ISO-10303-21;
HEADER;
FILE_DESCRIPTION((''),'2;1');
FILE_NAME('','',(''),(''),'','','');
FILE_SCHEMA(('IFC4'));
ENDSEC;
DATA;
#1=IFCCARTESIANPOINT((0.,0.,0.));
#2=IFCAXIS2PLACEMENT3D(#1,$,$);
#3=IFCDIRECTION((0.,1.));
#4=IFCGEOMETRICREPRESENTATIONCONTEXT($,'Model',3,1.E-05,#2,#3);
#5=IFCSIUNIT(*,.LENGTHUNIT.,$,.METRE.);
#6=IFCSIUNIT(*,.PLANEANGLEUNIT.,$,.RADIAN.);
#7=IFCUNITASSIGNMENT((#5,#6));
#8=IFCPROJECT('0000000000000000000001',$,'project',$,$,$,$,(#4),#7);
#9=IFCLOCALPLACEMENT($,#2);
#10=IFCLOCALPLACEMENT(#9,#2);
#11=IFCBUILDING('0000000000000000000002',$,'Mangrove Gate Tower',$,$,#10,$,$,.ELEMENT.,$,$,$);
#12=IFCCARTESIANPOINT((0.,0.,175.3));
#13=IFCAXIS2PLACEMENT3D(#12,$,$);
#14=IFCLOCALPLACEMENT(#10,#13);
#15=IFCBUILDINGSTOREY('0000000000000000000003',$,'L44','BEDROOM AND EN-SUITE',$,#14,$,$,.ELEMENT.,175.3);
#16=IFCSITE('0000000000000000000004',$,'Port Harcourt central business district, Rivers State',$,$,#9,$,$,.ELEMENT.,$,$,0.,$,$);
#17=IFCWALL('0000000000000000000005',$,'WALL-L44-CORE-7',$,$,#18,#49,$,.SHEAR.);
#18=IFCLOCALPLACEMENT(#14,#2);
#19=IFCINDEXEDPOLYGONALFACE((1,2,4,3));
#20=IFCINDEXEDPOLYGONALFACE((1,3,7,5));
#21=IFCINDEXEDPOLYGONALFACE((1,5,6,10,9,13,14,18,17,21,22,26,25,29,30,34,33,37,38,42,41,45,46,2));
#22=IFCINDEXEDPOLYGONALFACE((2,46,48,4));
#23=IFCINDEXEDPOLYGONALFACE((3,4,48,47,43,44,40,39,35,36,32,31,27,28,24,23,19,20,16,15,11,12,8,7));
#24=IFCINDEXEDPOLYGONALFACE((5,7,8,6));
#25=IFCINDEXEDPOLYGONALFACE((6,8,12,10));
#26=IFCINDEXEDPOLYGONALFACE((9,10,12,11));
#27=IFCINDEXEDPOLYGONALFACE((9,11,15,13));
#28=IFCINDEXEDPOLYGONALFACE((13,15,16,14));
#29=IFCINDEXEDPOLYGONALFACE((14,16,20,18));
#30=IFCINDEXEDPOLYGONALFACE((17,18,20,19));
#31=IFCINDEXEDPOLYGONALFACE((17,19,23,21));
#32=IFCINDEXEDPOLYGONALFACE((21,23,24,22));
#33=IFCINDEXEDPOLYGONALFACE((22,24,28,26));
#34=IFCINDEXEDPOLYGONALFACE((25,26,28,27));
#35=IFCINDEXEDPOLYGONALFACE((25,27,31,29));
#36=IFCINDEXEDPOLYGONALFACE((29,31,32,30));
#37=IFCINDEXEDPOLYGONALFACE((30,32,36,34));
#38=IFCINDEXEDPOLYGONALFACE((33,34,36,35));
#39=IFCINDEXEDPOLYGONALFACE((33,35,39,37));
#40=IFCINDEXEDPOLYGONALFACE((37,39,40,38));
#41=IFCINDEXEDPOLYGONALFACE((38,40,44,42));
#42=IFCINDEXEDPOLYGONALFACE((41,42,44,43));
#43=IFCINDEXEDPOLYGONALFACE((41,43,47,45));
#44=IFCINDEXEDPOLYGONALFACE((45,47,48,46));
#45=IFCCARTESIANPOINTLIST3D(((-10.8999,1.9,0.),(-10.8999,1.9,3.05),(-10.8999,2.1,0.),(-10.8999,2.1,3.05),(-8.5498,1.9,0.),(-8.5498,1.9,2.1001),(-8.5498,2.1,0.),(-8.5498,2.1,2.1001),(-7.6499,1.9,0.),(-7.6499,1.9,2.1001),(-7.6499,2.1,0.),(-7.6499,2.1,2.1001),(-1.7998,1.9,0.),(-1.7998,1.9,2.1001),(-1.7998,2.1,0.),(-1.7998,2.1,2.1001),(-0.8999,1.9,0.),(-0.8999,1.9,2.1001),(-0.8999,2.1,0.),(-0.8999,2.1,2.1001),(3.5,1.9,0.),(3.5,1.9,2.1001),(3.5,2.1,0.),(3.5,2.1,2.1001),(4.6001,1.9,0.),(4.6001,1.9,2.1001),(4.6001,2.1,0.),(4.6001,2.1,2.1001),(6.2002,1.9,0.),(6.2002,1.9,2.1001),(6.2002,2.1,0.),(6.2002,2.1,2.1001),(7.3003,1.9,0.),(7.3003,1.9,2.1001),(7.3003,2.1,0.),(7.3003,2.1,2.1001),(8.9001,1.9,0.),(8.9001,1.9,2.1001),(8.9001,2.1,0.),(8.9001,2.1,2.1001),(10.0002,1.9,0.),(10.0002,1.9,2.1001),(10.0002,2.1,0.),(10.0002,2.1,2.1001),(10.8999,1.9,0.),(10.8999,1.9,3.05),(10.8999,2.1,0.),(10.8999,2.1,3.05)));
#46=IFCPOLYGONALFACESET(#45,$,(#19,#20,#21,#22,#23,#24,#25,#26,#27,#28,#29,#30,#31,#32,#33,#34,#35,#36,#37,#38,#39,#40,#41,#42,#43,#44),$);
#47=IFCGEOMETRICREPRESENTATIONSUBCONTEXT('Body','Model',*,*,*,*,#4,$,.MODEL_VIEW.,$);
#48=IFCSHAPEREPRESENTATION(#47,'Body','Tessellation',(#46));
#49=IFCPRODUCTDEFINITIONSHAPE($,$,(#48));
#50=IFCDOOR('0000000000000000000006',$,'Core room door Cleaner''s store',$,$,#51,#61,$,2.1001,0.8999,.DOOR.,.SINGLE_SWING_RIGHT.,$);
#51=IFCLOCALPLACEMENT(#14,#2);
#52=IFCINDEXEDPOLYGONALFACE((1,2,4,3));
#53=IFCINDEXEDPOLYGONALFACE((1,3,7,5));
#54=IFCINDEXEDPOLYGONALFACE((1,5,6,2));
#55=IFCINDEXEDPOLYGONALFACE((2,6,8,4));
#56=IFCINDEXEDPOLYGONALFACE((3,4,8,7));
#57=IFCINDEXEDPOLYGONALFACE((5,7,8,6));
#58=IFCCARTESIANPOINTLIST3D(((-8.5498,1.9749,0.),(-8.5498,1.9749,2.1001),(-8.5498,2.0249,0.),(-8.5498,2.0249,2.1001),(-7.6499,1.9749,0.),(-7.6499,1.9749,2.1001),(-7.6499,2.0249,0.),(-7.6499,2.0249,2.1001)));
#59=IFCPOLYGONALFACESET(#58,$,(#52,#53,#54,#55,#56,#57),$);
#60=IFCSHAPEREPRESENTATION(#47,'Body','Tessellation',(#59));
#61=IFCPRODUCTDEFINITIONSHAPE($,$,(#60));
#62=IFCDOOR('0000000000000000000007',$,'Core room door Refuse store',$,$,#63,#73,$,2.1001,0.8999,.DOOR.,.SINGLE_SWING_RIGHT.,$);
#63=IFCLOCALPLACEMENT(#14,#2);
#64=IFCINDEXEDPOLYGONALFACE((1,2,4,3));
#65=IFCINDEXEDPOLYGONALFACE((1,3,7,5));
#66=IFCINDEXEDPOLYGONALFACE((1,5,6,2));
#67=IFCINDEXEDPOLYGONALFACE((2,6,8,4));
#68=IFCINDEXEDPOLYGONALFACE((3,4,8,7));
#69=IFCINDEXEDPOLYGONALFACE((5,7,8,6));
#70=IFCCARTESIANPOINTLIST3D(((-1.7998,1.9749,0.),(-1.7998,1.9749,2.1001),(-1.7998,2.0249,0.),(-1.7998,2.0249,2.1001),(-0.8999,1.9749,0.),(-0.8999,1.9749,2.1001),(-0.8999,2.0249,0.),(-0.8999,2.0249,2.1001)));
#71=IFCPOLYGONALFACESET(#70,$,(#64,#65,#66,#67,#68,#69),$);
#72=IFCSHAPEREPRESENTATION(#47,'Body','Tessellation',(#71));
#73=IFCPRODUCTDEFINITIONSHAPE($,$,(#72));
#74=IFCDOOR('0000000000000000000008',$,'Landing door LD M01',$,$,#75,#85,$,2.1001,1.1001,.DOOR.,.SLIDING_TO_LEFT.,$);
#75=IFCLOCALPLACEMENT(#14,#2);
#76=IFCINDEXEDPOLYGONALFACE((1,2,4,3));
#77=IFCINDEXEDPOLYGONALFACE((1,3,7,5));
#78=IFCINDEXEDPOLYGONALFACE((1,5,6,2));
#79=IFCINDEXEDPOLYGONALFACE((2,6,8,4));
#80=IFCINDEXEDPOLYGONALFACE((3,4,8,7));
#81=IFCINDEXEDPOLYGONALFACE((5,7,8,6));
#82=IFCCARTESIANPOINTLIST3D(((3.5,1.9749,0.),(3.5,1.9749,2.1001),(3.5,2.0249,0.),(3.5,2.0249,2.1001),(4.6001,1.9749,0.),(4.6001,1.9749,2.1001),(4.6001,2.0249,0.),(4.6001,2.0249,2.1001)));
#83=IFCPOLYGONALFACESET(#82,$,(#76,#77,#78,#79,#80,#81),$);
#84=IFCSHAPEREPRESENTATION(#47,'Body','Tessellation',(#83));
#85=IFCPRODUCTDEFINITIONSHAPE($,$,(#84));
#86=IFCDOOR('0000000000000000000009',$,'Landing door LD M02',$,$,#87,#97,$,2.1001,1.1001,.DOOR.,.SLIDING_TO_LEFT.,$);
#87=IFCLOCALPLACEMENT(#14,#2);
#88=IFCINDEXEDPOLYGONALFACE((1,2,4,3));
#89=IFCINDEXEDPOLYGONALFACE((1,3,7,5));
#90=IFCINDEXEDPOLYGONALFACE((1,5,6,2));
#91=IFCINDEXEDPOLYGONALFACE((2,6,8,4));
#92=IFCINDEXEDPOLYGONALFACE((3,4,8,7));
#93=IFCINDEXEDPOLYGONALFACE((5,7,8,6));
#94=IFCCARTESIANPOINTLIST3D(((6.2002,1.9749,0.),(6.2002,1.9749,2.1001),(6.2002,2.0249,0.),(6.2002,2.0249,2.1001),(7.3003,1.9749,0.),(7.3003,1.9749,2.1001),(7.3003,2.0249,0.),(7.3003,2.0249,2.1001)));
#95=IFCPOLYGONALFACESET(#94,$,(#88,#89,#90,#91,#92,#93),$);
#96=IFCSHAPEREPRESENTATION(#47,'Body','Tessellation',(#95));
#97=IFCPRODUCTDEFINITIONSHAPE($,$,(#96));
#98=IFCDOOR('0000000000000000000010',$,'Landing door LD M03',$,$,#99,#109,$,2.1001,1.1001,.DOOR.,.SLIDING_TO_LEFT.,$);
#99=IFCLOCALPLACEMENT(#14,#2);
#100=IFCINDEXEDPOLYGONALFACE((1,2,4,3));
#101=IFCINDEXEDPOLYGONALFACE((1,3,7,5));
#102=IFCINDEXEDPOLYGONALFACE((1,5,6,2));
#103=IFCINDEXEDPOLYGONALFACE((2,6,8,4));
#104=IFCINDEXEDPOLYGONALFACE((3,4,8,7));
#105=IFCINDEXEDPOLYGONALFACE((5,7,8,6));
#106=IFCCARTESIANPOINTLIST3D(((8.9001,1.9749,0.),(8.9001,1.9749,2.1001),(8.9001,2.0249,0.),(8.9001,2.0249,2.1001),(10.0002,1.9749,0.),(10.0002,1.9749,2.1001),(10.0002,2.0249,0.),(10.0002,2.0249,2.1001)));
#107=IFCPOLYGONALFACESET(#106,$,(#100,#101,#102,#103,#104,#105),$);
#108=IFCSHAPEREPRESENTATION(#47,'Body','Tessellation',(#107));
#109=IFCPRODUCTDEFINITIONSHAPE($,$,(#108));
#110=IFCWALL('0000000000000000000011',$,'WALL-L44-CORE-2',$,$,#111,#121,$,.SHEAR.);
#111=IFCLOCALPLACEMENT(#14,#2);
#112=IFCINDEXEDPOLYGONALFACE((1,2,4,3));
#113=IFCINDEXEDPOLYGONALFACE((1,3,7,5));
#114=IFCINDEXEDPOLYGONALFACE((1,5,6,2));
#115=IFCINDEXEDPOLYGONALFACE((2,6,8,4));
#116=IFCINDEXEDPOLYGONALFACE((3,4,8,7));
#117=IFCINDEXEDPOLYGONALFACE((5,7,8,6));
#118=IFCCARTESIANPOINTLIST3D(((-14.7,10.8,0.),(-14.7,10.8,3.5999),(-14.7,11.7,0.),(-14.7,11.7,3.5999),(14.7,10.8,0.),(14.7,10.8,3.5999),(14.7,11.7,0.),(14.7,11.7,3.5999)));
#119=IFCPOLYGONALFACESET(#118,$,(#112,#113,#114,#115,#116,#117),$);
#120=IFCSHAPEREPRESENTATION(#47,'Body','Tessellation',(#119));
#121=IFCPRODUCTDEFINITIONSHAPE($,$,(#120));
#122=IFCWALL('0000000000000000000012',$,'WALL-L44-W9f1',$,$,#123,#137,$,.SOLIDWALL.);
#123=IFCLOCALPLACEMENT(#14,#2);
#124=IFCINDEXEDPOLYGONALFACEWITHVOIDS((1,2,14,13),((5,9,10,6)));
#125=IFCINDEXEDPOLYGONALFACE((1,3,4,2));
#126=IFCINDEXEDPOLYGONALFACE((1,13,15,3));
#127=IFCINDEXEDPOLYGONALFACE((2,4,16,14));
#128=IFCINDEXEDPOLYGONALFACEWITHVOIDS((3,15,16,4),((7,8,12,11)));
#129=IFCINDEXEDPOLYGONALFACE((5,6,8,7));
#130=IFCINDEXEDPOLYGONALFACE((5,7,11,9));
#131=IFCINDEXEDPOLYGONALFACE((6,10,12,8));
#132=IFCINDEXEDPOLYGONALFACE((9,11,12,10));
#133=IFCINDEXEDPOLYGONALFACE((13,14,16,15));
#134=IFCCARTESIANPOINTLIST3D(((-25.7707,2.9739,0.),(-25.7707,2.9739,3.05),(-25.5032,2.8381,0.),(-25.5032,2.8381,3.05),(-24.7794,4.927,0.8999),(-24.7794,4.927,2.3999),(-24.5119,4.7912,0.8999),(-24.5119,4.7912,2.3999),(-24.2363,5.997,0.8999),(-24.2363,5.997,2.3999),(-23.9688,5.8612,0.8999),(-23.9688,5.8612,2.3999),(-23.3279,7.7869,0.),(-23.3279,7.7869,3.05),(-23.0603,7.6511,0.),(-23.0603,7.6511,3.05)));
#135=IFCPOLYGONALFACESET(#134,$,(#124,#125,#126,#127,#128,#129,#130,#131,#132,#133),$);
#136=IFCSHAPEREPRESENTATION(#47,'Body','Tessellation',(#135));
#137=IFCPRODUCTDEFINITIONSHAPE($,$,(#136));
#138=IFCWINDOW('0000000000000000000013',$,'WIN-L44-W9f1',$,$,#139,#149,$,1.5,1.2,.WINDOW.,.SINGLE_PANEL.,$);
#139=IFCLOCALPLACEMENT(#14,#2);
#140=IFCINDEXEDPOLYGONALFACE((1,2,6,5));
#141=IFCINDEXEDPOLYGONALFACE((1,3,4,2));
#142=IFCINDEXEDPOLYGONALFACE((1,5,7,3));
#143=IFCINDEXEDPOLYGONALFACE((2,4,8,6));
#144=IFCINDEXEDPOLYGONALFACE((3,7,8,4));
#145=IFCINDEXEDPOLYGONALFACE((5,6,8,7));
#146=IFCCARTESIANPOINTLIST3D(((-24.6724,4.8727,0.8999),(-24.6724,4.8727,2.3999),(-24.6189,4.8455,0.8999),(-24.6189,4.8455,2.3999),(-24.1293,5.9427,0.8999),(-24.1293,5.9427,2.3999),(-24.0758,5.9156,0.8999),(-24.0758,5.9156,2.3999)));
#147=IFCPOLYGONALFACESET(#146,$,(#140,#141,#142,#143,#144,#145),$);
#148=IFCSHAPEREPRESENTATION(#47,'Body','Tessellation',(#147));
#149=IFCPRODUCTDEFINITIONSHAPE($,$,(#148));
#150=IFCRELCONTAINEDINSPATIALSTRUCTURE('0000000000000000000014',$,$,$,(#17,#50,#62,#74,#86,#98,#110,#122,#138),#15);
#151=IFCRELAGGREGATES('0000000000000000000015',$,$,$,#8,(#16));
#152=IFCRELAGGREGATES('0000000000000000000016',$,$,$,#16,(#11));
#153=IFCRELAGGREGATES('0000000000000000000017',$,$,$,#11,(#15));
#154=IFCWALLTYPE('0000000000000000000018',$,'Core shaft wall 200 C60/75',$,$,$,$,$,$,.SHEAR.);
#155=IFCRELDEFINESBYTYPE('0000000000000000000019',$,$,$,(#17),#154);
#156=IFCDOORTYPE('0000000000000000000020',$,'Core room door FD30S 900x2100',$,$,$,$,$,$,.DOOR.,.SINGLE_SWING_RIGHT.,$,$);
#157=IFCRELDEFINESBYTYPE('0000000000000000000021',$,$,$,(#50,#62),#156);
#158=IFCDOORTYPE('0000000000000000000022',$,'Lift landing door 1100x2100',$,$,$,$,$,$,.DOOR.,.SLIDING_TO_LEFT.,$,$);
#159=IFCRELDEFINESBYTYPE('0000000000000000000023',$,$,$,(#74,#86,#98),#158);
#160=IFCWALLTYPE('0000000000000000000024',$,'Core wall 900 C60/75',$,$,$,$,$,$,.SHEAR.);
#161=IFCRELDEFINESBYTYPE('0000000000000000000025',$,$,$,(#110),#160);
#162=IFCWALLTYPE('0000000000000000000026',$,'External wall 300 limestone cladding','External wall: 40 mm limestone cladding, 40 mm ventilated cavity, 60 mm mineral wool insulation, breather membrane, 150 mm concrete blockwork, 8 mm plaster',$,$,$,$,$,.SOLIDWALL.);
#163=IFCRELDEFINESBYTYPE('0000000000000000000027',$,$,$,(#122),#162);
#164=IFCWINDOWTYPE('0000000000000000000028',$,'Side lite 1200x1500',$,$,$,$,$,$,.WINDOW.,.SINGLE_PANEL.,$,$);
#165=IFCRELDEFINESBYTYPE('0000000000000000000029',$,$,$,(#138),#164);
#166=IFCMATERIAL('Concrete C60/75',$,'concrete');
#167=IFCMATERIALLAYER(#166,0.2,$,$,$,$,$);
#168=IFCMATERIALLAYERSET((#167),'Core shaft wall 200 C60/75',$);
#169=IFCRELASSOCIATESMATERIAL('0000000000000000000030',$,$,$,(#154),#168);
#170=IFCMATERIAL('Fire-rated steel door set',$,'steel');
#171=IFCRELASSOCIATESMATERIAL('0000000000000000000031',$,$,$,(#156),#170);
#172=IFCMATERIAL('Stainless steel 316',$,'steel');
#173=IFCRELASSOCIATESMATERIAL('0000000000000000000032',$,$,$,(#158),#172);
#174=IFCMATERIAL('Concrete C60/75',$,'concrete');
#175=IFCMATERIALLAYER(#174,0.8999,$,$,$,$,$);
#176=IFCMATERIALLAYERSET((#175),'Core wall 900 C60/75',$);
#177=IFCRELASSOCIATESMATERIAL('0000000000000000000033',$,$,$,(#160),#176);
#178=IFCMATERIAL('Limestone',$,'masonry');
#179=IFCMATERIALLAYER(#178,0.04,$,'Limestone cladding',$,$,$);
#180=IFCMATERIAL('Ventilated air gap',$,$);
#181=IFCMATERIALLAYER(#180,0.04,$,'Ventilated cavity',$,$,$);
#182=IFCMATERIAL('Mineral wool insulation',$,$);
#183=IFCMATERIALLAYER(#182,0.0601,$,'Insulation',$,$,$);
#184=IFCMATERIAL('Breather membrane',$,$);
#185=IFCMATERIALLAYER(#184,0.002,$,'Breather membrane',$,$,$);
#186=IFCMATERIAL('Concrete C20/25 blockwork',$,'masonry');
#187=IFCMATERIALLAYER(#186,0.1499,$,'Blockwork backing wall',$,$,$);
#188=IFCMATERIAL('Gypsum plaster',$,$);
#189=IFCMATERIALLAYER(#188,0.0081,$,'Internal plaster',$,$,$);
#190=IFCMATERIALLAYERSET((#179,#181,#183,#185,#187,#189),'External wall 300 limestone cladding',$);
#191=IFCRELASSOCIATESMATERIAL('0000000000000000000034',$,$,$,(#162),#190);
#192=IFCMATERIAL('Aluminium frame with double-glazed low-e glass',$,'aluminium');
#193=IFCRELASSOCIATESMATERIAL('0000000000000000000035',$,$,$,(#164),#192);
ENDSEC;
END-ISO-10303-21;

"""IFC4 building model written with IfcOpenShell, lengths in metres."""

from ifc_helpers import new_model, si_unit, direction, frame, frame_2d, origin, place, context, subcontext, project, spatial, rectangle, extrude, material, layer, layer_set, type_object, element, fill, save


model = new_model("IFC4")

# Units and contexts
model_context = context("Model", 3, precision=1e-05, world=origin(), true_north=direction((0.0, 1.0)))
body_context = subcontext(model_context, "Body", "Model", "MODEL_VIEW")
ifc_project = project(units=[si_unit("LENGTHUNIT", "METRE"), si_unit("PLANEANGLEUNIT", "RADIAN")], contexts=[model_context])

# Site, building, storey
site_placement = place(None, origin())
site = spatial("IfcSite", under=ifc_project, at=site_placement, Name="Port Harcourt central business district, Rivers State", CompositionType="ELEMENT", RefElevation=0.0)
building_placement = place(site_placement, origin())
building = spatial("IfcBuilding", under=site, at=building_placement, Name="Mangrove Gate Tower", CompositionType="ELEMENT")
storey_placement = place(building_placement, frame((0.0, 0.0, 175.3)))
storey = spatial("IfcBuildingStorey", under=building, at=storey_placement, Name="L44", Description="BEDROOM AND EN-SUITE", CompositionType="ELEMENT", Elevation=175.3)

# Shared definitions
ifc_material_1 = material(Name="Concrete C60/75", Category="concrete")
ifc_layer_1 = layer(ifc_material_1, 0.2)
ifc_layer_set_1 = layer_set([ifc_layer_1], Name="Core shaft wall 200 C60/75")
wall_type_1 = type_object("IfcWallType", Name="Core shaft wall 200 C60/75", PredefinedType="SHEAR", material=ifc_layer_set_1)

# Wall, openings, doors
wall_1_placement = place(storey_placement, frame((-10.8999, 2.0, 0.0), z_axis=(0.0, 0.0, 1.0), x_axis=(1.0, 0.0, 0.0)))
wall_1 = element("IfcWall", 1, at=wall_1_placement, inside=storey, type_object=wall_type_1, Name="WALL-L44-CORE-7", PredefinedType="SHEAR", context=body_context, shape_type="SweptSolid", body=[
    extrude(rectangle(XDim=21.7998, YDim=0.2, at=frame_2d((10.8999, 0.0))), origin(), (0.0, 0.0, 1.0), 3.05),
])
opening_1_placement = place(wall_1_placement, frame((14.3999, 0.0, 0.0)))
opening_1 = element("IfcOpeningElement", 2, at=opening_1_placement, cuts=wall_1, PredefinedType="OPENING", context=body_context, shape_type="SweptSolid", body=[
    extrude(rectangle(XDim=1.1001, YDim=2.1001, at=frame_2d((0.55, 1.05))), frame((0.0, 0.1099, 0.0), z_axis=(0.0, -1.0, 0.0), x_axis=(1.0, 0.0, 0.0)), (0.0, 0.0, 1.0), 0.22),
])
opening_2_placement = place(wall_1_placement, frame((17.1001, 0.0, 0.0)))
opening_2 = element("IfcOpeningElement", 3, at=opening_2_placement, cuts=wall_1, PredefinedType="OPENING", context=body_context, shape_type="SweptSolid", body=[
    extrude(rectangle(XDim=1.1001, YDim=2.1001, at=frame_2d((0.55, 1.05))), frame((0.0, 0.1099, 0.0), z_axis=(0.0, -1.0, 0.0), x_axis=(1.0, 0.0, 0.0)), (0.0, 0.0, 1.0), 0.22),
])
opening_3_placement = place(wall_1_placement, frame((19.8, 0.0, 0.0)))
opening_3 = element("IfcOpeningElement", 4, at=opening_3_placement, cuts=wall_1, PredefinedType="OPENING", context=body_context, shape_type="SweptSolid", body=[
    extrude(rectangle(XDim=1.1001, YDim=2.1001, at=frame_2d((0.55, 1.05))), frame((0.0, 0.1099, 0.0), z_axis=(0.0, -1.0, 0.0), x_axis=(1.0, 0.0, 0.0)), (0.0, 0.0, 1.0), 0.22),
])
opening_4_placement = place(wall_1_placement, frame((2.3501, 0.0, 0.0)))
opening_4 = element("IfcOpeningElement", 5, at=opening_4_placement, cuts=wall_1, PredefinedType="OPENING", context=body_context, shape_type="SweptSolid", body=[
    extrude(rectangle(XDim=0.8999, YDim=2.1001, at=frame_2d((0.45, 1.05))), frame((0.0, 0.1099, 0.0), z_axis=(0.0, -1.0, 0.0), x_axis=(1.0, 0.0, 0.0)), (0.0, 0.0, 1.0), 0.22),
])
opening_5_placement = place(wall_1_placement, frame((9.1001, 0.0, 0.0)))
opening_5 = element("IfcOpeningElement", 6, at=opening_5_placement, cuts=wall_1, PredefinedType="OPENING", context=body_context, shape_type="SweptSolid", body=[
    extrude(rectangle(XDim=0.8999, YDim=2.1001, at=frame_2d((0.45, 1.05))), frame((0.0, 0.1099, 0.0), z_axis=(0.0, -1.0, 0.0), x_axis=(1.0, 0.0, 0.0)), (0.0, 0.0, 1.0), 0.22),
])
ifc_material_2 = material(Name="Fire-rated steel door set", Category="steel")
door_type_1 = type_object("IfcDoorType", Name="Core room door FD30S 900x2100", OperationType="SINGLE_SWING_RIGHT", PredefinedType="DOOR", material=ifc_material_2)
door_1_placement = place(opening_4_placement, origin())
door_1 = element("IfcDoor", 7, at=door_1_placement, inside=storey, type_object=door_type_1, Name="Core room door Cleaner's store", OperationType="SINGLE_SWING_RIGHT", OverallHeight=2.1001, OverallWidth=0.8999, PredefinedType="DOOR", context=body_context, shape_type="SweptSolid", body=[
    extrude(rectangle(XDim=0.8999, YDim=2.1001, at=frame_2d((0.45, 1.05))), frame((0.0, 0.0249, 0.0), z_axis=(0.0, -1.0, 0.0), x_axis=(1.0, 0.0, 0.0)), (0.0, 0.0, 1.0), 0.05),
])
fill(opening_4, door_1)
door_2_placement = place(opening_5_placement, origin())
door_2 = element("IfcDoor", 8, at=door_2_placement, inside=storey, type_object=door_type_1, Name="Core room door Refuse store", OperationType="SINGLE_SWING_RIGHT", OverallHeight=2.1001, OverallWidth=0.8999, PredefinedType="DOOR", context=body_context, shape_type="SweptSolid", body=[
    extrude(rectangle(XDim=0.8999, YDim=2.1001, at=frame_2d((0.45, 1.05))), frame((0.0, 0.0249, 0.0), z_axis=(0.0, -1.0, 0.0), x_axis=(1.0, 0.0, 0.0)), (0.0, 0.0, 1.0), 0.05),
])
fill(opening_5, door_2)
ifc_material_3 = material(Name="Stainless steel 316", Category="steel")
door_type_2 = type_object("IfcDoorType", Name="Lift landing door 1100x2100", OperationType="SLIDING_TO_LEFT", PredefinedType="DOOR", material=ifc_material_3)
door_3_placement = place(opening_1_placement, origin())
door_3 = element("IfcDoor", 9, at=door_3_placement, inside=storey, type_object=door_type_2, Name="Landing door LD M01", OperationType="SLIDING_TO_LEFT", OverallHeight=2.1001, OverallWidth=1.1001, PredefinedType="DOOR", context=body_context, shape_type="SweptSolid", body=[
    extrude(rectangle(XDim=1.1001, YDim=2.1001, at=frame_2d((0.55, 1.05))), frame((0.0, 0.0249, 0.0), z_axis=(0.0, -1.0, 0.0), x_axis=(1.0, 0.0, 0.0)), (0.0, 0.0, 1.0), 0.05),
])
fill(opening_1, door_3)
door_4_placement = place(opening_2_placement, origin())
door_4 = element("IfcDoor", 10, at=door_4_placement, inside=storey, type_object=door_type_2, Name="Landing door LD M02", OperationType="SLIDING_TO_LEFT", OverallHeight=2.1001, OverallWidth=1.1001, PredefinedType="DOOR", context=body_context, shape_type="SweptSolid", body=[
    extrude(rectangle(XDim=1.1001, YDim=2.1001, at=frame_2d((0.55, 1.05))), frame((0.0, 0.0249, 0.0), z_axis=(0.0, -1.0, 0.0), x_axis=(1.0, 0.0, 0.0)), (0.0, 0.0, 1.0), 0.05),
])
fill(opening_2, door_4)
door_5_placement = place(opening_3_placement, origin())
door_5 = element("IfcDoor", 11, at=door_5_placement, inside=storey, type_object=door_type_2, Name="Landing door LD M03", OperationType="SLIDING_TO_LEFT", OverallHeight=2.1001, OverallWidth=1.1001, PredefinedType="DOOR", context=body_context, shape_type="SweptSolid", body=[
    extrude(rectangle(XDim=1.1001, YDim=2.1001, at=frame_2d((0.55, 1.05))), frame((0.0, 0.0249, 0.0), z_axis=(0.0, -1.0, 0.0), x_axis=(1.0, 0.0, 0.0)), (0.0, 0.0, 1.0), 0.05),
])
fill(opening_3, door_5)

# Wall
ifc_material_4 = material(Name="Concrete C60/75", Category="concrete")
ifc_layer_2 = layer(ifc_material_4, 0.8999)
ifc_layer_set_2 = layer_set([ifc_layer_2], Name="Core wall 900 C60/75")
wall_type_2 = type_object("IfcWallType", Name="Core wall 900 C60/75", PredefinedType="SHEAR", material=ifc_layer_set_2)
wall_2_placement = place(storey_placement, frame((-14.7, 11.25, 0.0), z_axis=(0.0, 0.0, 1.0), x_axis=(1.0, 0.0, 0.0)))
element("IfcWall", 12, at=wall_2_placement, inside=storey, type_object=wall_type_2, Name="WALL-L44-CORE-2", PredefinedType="SHEAR", context=body_context, shape_type="SweptSolid", body=[
    extrude(rectangle(XDim=29.3999, YDim=0.8999, at=frame_2d((14.7, 0.0))), origin(), (0.0, 0.0, 1.0), 3.5999),
])

# Wall, opening, window
ifc_material_5 = material(Name="Limestone", Category="masonry")
ifc_layer_3 = layer(ifc_material_5, 0.04, Name="Limestone cladding")
ifc_material_6 = material(Name="Ventilated air gap")
ifc_layer_4 = layer(ifc_material_6, 0.04, Name="Ventilated cavity")
ifc_material_7 = material(Name="Mineral wool insulation")
ifc_layer_5 = layer(ifc_material_7, 0.0601, Name="Insulation")
ifc_material_8 = material(Name="Breather membrane")
ifc_layer_6 = layer(ifc_material_8, 0.002, Name="Breather membrane")
ifc_material_9 = material(Name="Concrete C20/25 blockwork", Category="masonry")
ifc_layer_7 = layer(ifc_material_9, 0.1499, Name="Blockwork backing wall")
ifc_material_10 = material(Name="Gypsum plaster")
ifc_layer_8 = layer(ifc_material_10, 0.0081, Name="Internal plaster")
ifc_layer_set_3 = layer_set([ifc_layer_3, ifc_layer_4, ifc_layer_5, ifc_layer_6, ifc_layer_7, ifc_layer_8], Name="External wall 300 limestone cladding")
wall_type_3 = type_object("IfcWallType", Name="External wall 300 limestone cladding", Description="External wall: 40 mm limestone cladding, 40 mm ventilated cavity, 60 mm mineral wool insulation, breather membrane, 150 mm concrete blockwork, 8 mm plaster", PredefinedType="SOLIDWALL", material=ifc_layer_set_3)
wall_3_placement = place(storey_placement, frame((-23.1941, 7.719, 0.0), z_axis=(0.0, 0.0, 1.0), x_axis=(-0.452597, -0.891715, 0.0)))
wall_3 = element("IfcWall", 13, at=wall_3_placement, inside=storey, type_object=wall_type_3, Name="WALL-L44-W9f1", PredefinedType="SOLIDWALL", context=body_context, shape_type="SweptSolid", body=[
    extrude(rectangle(XDim=5.3975, YDim=0.3, at=frame_2d((2.6987, 0.0))), origin(), (0.0, 0.0, 1.0), 3.05),
])
opening_6_placement = place(wall_3_placement, frame((2.0071, 0.0, 0.8999)))
opening_6 = element("IfcOpeningElement", 14, at=opening_6_placement, cuts=wall_3, PredefinedType="OPENING", context=body_context, shape_type="SweptSolid", body=[
    extrude(rectangle(XDim=1.2, YDim=1.5, at=frame_2d((0.6001, 0.75))), frame((0.0, 0.1599, 0.0), z_axis=(0.0, -1.0, 0.0), x_axis=(1.0, 0.0, 0.0)), (0.0, 0.0, 1.0), 0.3201),
])
ifc_material_11 = material(Name="Aluminium frame with double-glazed low-e glass", Category="aluminium")
window_type = type_object("IfcWindowType", Name="Side lite 1200x1500", PartitioningType="SINGLE_PANEL", PredefinedType="WINDOW", material=ifc_material_11)
window_1_placement = place(opening_6_placement, origin())
window_1 = element("IfcWindow", 15, at=window_1_placement, inside=storey, type_object=window_type, Name="WIN-L44-W9f1", OverallHeight=1.5, OverallWidth=1.2, PartitioningType="SINGLE_PANEL", PredefinedType="WINDOW", context=body_context, shape_type="SweptSolid", body=[
    extrude(rectangle(XDim=1.2, YDim=1.5, at=frame_2d((0.6001, 0.75))), frame((0.0, 0.03, 0.0), z_axis=(0.0, -1.0, 0.0), x_axis=(1.0, 0.0, 0.0)), (0.0, 0.0, 1.0), 0.0601),
])
fill(opening_6, window_1)

save(model, "model.ifc")
